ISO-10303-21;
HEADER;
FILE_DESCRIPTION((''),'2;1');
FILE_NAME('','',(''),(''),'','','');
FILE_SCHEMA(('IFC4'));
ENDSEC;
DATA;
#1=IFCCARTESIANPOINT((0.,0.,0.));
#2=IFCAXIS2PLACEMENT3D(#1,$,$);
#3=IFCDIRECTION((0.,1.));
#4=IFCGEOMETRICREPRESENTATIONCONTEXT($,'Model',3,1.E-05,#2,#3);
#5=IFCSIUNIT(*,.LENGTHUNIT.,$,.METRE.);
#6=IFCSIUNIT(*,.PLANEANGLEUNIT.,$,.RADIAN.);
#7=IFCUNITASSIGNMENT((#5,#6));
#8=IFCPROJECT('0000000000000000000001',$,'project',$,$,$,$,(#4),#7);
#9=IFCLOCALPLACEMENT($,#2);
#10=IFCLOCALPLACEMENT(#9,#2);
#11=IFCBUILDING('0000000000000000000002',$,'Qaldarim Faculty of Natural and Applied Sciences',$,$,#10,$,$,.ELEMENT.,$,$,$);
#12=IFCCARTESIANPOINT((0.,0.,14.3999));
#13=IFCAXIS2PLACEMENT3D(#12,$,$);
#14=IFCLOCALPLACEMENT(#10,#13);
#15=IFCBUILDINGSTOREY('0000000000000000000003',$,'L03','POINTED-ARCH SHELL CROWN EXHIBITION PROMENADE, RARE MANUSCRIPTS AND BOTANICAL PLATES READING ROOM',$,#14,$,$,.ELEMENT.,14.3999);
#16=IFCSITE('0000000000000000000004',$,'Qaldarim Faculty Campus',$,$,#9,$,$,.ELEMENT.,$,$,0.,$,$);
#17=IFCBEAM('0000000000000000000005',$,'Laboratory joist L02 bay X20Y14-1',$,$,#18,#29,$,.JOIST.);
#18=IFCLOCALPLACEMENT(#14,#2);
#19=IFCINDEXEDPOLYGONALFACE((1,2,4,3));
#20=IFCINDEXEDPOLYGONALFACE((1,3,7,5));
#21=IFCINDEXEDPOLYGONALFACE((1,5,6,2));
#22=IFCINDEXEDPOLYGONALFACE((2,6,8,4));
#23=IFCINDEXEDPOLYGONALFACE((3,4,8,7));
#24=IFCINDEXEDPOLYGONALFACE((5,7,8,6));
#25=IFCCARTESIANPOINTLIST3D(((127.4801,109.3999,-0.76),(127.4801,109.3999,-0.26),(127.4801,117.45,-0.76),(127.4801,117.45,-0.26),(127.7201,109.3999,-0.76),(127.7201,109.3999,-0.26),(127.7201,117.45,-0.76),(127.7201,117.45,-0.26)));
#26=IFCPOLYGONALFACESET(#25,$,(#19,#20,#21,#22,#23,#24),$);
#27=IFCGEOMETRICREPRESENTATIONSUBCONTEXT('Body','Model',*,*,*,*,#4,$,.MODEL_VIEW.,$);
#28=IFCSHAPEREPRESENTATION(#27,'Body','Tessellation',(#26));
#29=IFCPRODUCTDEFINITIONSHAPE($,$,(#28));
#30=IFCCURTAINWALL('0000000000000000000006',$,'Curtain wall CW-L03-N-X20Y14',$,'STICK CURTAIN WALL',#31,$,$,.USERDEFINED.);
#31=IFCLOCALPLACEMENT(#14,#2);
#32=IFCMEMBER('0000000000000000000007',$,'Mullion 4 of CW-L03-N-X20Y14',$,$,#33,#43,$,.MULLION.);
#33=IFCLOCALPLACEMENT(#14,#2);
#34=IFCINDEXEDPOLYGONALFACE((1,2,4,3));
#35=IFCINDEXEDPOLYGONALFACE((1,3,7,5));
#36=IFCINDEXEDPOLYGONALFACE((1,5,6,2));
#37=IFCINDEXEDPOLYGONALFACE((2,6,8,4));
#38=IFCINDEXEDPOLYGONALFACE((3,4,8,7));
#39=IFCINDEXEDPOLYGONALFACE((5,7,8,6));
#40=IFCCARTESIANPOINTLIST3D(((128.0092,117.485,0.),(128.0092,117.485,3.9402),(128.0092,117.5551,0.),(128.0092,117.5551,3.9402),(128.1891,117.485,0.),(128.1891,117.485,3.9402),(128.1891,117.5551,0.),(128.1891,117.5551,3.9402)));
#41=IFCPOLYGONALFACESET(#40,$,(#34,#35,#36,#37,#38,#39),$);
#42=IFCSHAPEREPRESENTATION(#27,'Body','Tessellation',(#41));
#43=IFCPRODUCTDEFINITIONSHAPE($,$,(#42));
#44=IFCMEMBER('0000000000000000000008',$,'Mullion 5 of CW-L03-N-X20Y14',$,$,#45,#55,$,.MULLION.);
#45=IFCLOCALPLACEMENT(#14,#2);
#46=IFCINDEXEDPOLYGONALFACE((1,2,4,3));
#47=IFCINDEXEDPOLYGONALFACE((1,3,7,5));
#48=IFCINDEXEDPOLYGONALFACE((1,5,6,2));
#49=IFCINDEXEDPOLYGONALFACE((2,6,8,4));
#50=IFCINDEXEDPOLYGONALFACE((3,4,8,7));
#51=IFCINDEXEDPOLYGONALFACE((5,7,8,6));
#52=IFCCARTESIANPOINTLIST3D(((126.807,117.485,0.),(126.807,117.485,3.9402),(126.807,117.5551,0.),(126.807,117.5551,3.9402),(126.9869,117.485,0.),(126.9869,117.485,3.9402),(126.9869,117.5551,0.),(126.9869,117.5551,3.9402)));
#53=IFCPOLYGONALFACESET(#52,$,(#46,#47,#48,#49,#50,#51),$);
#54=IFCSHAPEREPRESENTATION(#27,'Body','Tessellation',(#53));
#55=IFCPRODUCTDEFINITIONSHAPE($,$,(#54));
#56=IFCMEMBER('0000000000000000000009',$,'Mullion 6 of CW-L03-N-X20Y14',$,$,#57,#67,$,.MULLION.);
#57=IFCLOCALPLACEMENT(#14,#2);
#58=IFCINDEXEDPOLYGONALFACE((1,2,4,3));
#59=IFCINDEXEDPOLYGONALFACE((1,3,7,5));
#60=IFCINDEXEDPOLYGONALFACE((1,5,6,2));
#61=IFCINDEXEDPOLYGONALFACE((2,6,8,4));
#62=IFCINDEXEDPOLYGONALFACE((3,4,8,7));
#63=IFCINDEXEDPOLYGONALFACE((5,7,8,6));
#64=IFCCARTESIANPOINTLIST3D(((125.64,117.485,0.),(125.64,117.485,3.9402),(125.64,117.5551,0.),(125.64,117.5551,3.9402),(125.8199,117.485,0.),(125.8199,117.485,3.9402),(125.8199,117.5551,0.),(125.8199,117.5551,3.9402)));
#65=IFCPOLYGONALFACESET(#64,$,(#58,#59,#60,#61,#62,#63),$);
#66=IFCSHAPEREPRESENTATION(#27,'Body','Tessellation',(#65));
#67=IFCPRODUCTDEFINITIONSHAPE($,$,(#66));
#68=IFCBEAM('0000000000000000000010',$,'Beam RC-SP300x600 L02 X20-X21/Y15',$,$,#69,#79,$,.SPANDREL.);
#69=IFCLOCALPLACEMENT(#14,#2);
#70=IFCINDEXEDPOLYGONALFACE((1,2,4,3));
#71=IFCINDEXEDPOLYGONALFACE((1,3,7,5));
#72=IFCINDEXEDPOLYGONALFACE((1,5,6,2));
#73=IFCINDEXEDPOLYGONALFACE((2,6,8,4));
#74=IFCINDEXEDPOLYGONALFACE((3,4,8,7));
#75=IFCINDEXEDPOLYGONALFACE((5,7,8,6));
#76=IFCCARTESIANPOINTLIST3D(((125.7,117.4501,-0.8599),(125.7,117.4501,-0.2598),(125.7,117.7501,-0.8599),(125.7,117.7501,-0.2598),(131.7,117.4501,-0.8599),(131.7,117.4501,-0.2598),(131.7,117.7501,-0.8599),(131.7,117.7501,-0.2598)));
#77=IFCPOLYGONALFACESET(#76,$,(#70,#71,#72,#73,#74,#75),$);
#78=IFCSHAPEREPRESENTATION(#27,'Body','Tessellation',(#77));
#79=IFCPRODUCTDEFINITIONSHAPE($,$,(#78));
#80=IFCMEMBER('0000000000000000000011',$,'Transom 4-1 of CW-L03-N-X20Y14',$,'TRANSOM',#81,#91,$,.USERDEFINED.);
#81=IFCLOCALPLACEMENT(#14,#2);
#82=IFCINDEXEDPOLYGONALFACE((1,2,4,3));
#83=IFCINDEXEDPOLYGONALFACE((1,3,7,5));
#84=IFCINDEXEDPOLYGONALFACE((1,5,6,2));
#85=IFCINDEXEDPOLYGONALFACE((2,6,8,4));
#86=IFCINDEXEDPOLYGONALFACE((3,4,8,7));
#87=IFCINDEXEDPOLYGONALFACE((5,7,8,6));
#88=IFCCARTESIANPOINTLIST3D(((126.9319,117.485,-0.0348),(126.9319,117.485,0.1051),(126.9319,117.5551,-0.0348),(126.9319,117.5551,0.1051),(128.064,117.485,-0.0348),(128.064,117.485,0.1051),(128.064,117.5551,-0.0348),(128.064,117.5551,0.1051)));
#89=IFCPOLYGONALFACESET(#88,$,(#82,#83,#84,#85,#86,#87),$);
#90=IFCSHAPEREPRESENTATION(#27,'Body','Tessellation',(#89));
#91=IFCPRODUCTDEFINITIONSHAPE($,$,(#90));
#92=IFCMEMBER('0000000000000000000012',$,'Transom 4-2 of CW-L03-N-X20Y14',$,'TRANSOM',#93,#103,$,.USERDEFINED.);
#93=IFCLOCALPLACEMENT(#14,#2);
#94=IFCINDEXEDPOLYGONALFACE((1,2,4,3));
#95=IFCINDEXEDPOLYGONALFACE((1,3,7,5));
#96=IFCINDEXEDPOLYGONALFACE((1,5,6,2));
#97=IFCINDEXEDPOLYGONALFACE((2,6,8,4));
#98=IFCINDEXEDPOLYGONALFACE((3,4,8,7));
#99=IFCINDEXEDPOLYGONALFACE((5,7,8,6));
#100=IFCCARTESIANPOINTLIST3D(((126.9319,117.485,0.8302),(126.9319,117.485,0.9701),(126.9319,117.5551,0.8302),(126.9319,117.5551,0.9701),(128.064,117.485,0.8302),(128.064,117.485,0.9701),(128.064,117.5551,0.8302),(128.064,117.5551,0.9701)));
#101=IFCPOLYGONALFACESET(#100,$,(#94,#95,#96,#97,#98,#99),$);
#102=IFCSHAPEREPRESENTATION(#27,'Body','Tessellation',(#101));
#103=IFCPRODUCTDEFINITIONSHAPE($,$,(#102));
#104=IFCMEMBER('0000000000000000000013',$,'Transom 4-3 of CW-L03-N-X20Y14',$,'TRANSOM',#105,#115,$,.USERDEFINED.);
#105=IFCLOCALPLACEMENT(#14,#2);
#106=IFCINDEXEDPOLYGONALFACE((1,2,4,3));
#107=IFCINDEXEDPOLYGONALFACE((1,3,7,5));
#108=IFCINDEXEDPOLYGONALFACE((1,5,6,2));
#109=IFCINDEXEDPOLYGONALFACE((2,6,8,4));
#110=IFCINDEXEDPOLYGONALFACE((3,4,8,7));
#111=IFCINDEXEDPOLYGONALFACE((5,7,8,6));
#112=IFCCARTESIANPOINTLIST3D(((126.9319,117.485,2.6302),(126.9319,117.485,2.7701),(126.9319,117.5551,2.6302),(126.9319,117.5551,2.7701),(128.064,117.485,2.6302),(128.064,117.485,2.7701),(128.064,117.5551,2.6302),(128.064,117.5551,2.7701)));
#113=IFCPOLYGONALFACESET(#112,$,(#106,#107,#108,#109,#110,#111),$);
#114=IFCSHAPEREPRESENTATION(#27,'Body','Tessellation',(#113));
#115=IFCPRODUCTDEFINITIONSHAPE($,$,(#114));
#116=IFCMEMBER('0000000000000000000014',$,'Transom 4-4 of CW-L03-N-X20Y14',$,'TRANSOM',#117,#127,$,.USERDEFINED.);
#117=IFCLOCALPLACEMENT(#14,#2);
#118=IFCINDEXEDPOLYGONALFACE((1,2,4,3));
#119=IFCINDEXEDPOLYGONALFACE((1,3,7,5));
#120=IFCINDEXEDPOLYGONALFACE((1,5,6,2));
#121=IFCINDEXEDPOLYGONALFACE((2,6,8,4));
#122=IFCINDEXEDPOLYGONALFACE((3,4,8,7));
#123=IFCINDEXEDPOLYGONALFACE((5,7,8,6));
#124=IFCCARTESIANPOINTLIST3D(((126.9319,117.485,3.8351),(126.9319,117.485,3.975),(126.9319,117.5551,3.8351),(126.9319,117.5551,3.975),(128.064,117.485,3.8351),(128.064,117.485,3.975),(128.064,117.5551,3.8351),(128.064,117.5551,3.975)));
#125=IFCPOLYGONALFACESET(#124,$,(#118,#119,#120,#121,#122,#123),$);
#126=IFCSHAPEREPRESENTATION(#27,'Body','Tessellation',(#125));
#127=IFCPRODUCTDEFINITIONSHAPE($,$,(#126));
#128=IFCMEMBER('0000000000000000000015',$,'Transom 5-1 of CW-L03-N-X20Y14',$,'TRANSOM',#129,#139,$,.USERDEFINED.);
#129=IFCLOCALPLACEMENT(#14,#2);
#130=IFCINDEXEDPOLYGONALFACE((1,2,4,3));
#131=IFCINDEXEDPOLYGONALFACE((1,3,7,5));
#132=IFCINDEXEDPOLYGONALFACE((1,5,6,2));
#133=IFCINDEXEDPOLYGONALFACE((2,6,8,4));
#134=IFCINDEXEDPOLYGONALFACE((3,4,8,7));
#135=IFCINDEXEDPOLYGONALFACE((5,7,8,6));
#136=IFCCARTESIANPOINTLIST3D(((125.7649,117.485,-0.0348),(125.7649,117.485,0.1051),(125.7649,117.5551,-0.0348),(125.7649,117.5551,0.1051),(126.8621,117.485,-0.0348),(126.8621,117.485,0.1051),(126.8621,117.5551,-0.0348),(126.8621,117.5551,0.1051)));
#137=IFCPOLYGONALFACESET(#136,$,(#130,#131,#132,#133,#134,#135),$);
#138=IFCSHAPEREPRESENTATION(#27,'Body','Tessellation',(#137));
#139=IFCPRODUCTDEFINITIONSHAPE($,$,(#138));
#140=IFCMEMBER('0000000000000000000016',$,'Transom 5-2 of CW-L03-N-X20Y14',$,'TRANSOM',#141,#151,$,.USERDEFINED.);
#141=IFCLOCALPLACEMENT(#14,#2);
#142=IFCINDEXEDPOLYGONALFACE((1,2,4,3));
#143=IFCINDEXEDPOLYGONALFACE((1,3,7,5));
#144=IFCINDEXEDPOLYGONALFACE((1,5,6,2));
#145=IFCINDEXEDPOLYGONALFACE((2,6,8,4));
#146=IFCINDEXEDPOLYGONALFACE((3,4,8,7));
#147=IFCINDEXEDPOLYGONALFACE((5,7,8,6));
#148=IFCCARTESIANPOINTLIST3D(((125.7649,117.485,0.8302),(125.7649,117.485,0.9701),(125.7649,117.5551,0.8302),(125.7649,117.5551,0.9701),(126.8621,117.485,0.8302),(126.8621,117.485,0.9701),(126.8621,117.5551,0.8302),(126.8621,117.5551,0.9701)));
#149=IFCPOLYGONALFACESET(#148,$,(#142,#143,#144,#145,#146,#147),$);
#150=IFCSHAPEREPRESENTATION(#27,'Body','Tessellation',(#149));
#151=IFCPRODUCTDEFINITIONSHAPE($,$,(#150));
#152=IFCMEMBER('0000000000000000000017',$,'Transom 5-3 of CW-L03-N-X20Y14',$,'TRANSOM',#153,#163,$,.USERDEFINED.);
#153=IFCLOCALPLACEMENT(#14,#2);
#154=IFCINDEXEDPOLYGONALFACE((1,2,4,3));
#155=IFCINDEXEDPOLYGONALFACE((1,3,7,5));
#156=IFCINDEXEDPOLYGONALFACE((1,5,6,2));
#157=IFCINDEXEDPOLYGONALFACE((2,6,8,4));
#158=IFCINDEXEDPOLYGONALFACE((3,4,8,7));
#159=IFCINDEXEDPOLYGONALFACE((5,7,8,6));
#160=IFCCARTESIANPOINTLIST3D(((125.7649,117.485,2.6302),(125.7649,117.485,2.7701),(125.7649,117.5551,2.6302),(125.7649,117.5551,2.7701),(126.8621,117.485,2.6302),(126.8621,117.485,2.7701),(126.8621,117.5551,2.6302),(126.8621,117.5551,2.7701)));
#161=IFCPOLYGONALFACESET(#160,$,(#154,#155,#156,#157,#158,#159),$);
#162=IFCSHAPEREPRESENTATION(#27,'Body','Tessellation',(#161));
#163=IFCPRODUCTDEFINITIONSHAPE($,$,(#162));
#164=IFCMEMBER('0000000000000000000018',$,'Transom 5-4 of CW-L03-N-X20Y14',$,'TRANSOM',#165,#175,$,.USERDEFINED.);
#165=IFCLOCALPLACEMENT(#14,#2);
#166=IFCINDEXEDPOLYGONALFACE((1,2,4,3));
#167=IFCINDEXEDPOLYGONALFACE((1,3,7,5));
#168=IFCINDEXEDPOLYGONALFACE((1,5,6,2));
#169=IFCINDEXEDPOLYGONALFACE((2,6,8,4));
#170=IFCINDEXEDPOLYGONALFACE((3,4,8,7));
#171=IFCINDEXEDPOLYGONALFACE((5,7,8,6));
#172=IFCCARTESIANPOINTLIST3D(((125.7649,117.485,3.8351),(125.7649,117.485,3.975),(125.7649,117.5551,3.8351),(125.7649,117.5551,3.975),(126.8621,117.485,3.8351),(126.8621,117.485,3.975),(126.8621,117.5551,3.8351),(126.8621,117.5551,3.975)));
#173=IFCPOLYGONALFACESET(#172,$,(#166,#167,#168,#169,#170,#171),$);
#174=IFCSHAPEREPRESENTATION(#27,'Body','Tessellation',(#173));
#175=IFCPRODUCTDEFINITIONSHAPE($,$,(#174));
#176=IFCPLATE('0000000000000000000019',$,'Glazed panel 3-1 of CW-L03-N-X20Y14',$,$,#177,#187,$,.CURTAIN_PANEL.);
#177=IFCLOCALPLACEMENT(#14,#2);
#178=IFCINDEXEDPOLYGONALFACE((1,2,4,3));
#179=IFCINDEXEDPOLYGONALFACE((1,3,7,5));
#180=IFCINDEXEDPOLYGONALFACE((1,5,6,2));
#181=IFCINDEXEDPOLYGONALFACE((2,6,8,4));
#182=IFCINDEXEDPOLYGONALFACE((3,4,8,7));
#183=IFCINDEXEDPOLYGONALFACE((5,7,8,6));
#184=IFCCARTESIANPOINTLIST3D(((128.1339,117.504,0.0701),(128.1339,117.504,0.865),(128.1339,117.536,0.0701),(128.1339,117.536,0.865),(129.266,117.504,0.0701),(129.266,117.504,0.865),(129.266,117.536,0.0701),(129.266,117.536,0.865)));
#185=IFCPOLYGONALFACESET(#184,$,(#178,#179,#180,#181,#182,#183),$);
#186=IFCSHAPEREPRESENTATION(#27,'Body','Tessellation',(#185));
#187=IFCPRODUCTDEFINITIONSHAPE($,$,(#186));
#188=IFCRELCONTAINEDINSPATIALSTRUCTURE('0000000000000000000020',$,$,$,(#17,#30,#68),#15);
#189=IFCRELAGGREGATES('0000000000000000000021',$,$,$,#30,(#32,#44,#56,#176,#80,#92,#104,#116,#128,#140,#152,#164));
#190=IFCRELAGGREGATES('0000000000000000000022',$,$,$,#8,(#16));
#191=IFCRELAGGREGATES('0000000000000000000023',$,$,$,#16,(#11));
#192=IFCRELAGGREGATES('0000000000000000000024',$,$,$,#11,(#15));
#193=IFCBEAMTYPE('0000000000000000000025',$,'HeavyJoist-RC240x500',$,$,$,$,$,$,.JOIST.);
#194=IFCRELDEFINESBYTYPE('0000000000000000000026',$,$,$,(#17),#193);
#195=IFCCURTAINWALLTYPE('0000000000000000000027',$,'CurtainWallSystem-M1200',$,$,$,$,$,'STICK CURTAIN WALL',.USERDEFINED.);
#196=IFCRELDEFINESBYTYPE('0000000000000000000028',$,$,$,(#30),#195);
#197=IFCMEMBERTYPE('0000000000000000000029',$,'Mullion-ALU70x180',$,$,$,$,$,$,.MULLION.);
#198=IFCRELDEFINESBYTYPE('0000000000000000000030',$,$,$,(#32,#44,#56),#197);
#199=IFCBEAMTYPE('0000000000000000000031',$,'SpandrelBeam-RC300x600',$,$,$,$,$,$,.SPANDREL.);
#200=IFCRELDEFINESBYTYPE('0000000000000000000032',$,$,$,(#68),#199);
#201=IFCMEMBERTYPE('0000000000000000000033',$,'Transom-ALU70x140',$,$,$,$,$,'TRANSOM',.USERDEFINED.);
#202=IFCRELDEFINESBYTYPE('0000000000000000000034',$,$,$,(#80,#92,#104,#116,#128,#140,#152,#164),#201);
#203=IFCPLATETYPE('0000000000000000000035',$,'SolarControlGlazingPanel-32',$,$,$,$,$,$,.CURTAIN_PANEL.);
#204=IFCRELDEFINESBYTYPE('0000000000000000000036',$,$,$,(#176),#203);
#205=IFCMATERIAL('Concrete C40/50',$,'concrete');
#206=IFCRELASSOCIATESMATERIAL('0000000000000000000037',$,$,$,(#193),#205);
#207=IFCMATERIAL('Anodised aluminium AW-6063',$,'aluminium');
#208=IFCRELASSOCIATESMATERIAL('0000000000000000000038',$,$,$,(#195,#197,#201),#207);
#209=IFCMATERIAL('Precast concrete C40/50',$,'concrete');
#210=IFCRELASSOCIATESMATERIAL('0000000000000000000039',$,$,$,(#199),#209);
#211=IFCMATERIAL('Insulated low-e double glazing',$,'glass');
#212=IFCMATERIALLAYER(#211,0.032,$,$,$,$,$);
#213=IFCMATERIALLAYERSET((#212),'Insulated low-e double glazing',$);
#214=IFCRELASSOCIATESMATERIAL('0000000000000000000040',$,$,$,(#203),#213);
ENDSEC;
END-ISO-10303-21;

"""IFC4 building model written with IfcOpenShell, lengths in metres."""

from ifc_helpers import new_model, si_unit, direction, frame, origin, origin_2d, place, context, subcontext, project, spatial, rectangle, extrude, material, layer, layer_set, material_profile, profile_set, type_object, element, aggregate, save


model = new_model("IFC4")

# Units and contexts
model_context = context("Model", 3, precision=1e-05, world=origin(), true_north=direction((0.0, 1.0)))
body_context = subcontext(model_context, "Body", "Model", "MODEL_VIEW")
ifc_project = project(units=[si_unit("LENGTHUNIT", "METRE"), si_unit("PLANEANGLEUNIT", "RADIAN")], contexts=[model_context])

# Site, building, storey
site_placement = place(None, origin())
site = spatial("IfcSite", under=ifc_project, at=site_placement, Name="Qaldarim Faculty Campus", CompositionType="ELEMENT", RefElevation=0.0)
building_placement = place(site_placement, origin())
building = spatial("IfcBuilding", under=site, at=building_placement, Name="Qaldarim Faculty of Natural and Applied Sciences", CompositionType="ELEMENT")
storey_placement = place(building_placement, frame((0.0, 0.0, 14.3999)))
storey = spatial("IfcBuildingStorey", under=building, at=storey_placement, Name="L03", Description="POINTED-ARCH SHELL CROWN EXHIBITION PROMENADE, RARE MANUSCRIPTS AND BOTANICAL PLATES READING ROOM", CompositionType="ELEMENT", Elevation=14.3999)

# Beam
ifc_material_1 = material(Name="Concrete C40/50", Category="concrete")
ifc_material_profile_1 = material_profile(ifc_material_1, rectangle(XDim=0.24, YDim=0.5, at=origin_2d()), Name="RC-J240x500")
ifc_profile_set_1 = profile_set([ifc_material_profile_1], Name="Concrete C40/50")
beam_type_1 = type_object("IfcBeamType", Name="HeavyJoist-RC240x500", PredefinedType="JOIST", material=ifc_profile_set_1)
beam_1_placement = place(storey_placement, frame((127.6001, 109.3999, -0.51), z_axis=(0.0, 1.0, 0.0), x_axis=(-1.0, 0.0, 0.0)))
element("IfcBeam", 1, at=beam_1_placement, inside=storey, type_object=beam_type_1, Name="Laboratory joist L02 bay X20Y14-1", PredefinedType="JOIST", context=body_context, shape_type="SweptSolid", body=[
    extrude(rectangle(XDim=0.24, YDim=0.5, at=origin_2d()), origin(), (0.0, 0.0, 1.0), 8.05),
])

# Curtain wall, members
ifc_material_2 = material(Name="Anodised aluminium AW-6063", Category="aluminium")
curtain_wall_type = type_object("IfcCurtainWallType", Name="CurtainWallSystem-M1200", ElementType="STICK CURTAIN WALL", PredefinedType="USERDEFINED", material=ifc_material_2)
curtain_wall_placement = place(storey_placement, origin())
curtain_wall = element("IfcCurtainWall", 2, at=curtain_wall_placement, inside=storey, type_object=curtain_wall_type, Name="Curtain wall CW-L03-N-X20Y14", ObjectType="STICK CURTAIN WALL", PredefinedType="USERDEFINED")
ifc_material_profile_2 = material_profile(ifc_material_2, rectangle(XDim=0.0701, YDim=0.1799, at=origin_2d()), Name="ALU-M70x180")
ifc_profile_set_2 = profile_set([ifc_material_profile_2], Name="Anodised aluminium AW-6063")
member_type_1 = type_object("IfcMemberType", Name="Mullion-ALU70x180", PredefinedType="MULLION", material=ifc_profile_set_2)
member_1_placement = place(storey_placement, frame((128.0991, 117.52, 0.0), z_axis=(0.0, 0.0, 1.0), x_axis=(0.0, -1.0, 0.0)))
member_1 = element("IfcMember", 3, at=member_1_placement, type_object=member_type_1, Name="Mullion 4 of CW-L03-N-X20Y14", PredefinedType="MULLION", context=body_context, shape_type="SweptSolid", body=[
    extrude(rectangle(XDim=0.0701, YDim=0.1799, at=origin_2d()), origin(), (0.0, 0.0, 1.0), 3.9402),
])
member_2_placement = place(storey_placement, frame((126.897, 117.52, 0.0), z_axis=(0.0, 0.0, 1.0), x_axis=(0.0, -1.0, 0.0)))
member_2 = element("IfcMember", 4, at=member_2_placement, type_object=member_type_1, Name="Mullion 5 of CW-L03-N-X20Y14", PredefinedType="MULLION", context=body_context, shape_type="SweptSolid", body=[
    extrude(rectangle(XDim=0.0701, YDim=0.1799, at=origin_2d()), origin(), (0.0, 0.0, 1.0), 3.9402),
])
member_3_placement = place(storey_placement, frame((125.73, 117.52, 0.0), z_axis=(0.0, 0.0, 1.0), x_axis=(0.0, -1.0, 0.0)))
member_3 = element("IfcMember", 5, at=member_3_placement, type_object=member_type_1, Name="Mullion 6 of CW-L03-N-X20Y14", PredefinedType="MULLION", context=body_context, shape_type="SweptSolid", body=[
    extrude(rectangle(XDim=0.0701, YDim=0.1799, at=origin_2d()), origin(), (0.0, 0.0, 1.0), 3.9402),
])

# Beam
ifc_material_3 = material(Name="Precast concrete C40/50", Category="concrete")
ifc_material_profile_3 = material_profile(ifc_material_3, rectangle(XDim=0.3, YDim=0.6001, at=origin_2d()), Name="RC-SP300x600")
ifc_profile_set_3 = profile_set([ifc_material_profile_3], Name="Precast concrete C40/50")
beam_type_2 = type_object("IfcBeamType", Name="SpandrelBeam-RC300x600", PredefinedType="SPANDREL", material=ifc_profile_set_3)
beam_2_placement = place(storey_placement, frame((125.7, 117.6001, -0.5598), z_axis=(1.0, 0.0, 0.0), x_axis=(0.0, 1.0, 0.0)))
element("IfcBeam", 6, at=beam_2_placement, inside=storey, type_object=beam_type_2, Name="Beam RC-SP300x600 L02 X20-X21/Y15", PredefinedType="SPANDREL", context=body_context, shape_type="SweptSolid", body=[
    extrude(rectangle(XDim=0.3, YDim=0.6001, at=origin_2d()), origin(), (0.0, 0.0, 1.0), 6.0),
])

# Members
ifc_material_profile_4 = material_profile(ifc_material_2, rectangle(XDim=0.0701, YDim=0.1399, at=origin_2d()), Name="ALU-T70x140")
ifc_profile_set_4 = profile_set([ifc_material_profile_4], Name="Anodised aluminium AW-6063")
member_type_2 = type_object("IfcMemberType", Name="Transom-ALU70x140", ElementType="TRANSOM", PredefinedType="USERDEFINED", material=ifc_profile_set_4)
member_4_placement = place(storey_placement, frame((128.064, 117.52, 0.0352), z_axis=(-1.0, 0.0, 0.0), x_axis=(0.0, -1.0, 0.0)))
member_4 = element("IfcMember", 7, at=member_4_placement, type_object=member_type_2, Name="Transom 4-1 of CW-L03-N-X20Y14", ObjectType="TRANSOM", PredefinedType="USERDEFINED", context=body_context, shape_type="SweptSolid", body=[
    extrude(rectangle(XDim=0.0701, YDim=0.1399, at=origin_2d()), origin(), (0.0, 0.0, 1.0), 1.1321),
])
member_5_placement = place(storey_placement, frame((128.064, 117.52, 0.9001), z_axis=(-1.0, 0.0, 0.0), x_axis=(0.0, -1.0, 0.0)))
member_5 = element("IfcMember", 8, at=member_5_placement, type_object=member_type_2, Name="Transom 4-2 of CW-L03-N-X20Y14", ObjectType="TRANSOM", PredefinedType="USERDEFINED", context=body_context, shape_type="SweptSolid", body=[
    extrude(rectangle(XDim=0.0701, YDim=0.1399, at=origin_2d()), origin(), (0.0, 0.0, 1.0), 1.1321),
])
member_6_placement = place(storey_placement, frame((128.064, 117.52, 2.7002), z_axis=(-1.0, 0.0, 0.0), x_axis=(0.0, -1.0, 0.0)))
member_6 = element("IfcMember", 9, at=member_6_placement, type_object=member_type_2, Name="Transom 4-3 of CW-L03-N-X20Y14", ObjectType="TRANSOM", PredefinedType="USERDEFINED", context=body_context, shape_type="SweptSolid", body=[
    extrude(rectangle(XDim=0.0701, YDim=0.1399, at=origin_2d()), origin(), (0.0, 0.0, 1.0), 1.1321),
])
member_7_placement = place(storey_placement, frame((128.064, 117.52, 3.905), z_axis=(-1.0, 0.0, 0.0), x_axis=(0.0, -1.0, 0.0)))
member_7 = element("IfcMember", 10, at=member_7_placement, type_object=member_type_2, Name="Transom 4-4 of CW-L03-N-X20Y14", ObjectType="TRANSOM", PredefinedType="USERDEFINED", context=body_context, shape_type="SweptSolid", body=[
    extrude(rectangle(XDim=0.0701, YDim=0.1399, at=origin_2d()), origin(), (0.0, 0.0, 1.0), 1.1321),
])
member_8_placement = place(storey_placement, frame((126.8621, 117.52, 0.0352), z_axis=(-1.0, 0.0, 0.0), x_axis=(0.0, -1.0, 0.0)))
member_8 = element("IfcMember", 11, at=member_8_placement, type_object=member_type_2, Name="Transom 5-1 of CW-L03-N-X20Y14", ObjectType="TRANSOM", PredefinedType="USERDEFINED", context=body_context, shape_type="SweptSolid", body=[
    extrude(rectangle(XDim=0.0701, YDim=0.1399, at=origin_2d()), origin(), (0.0, 0.0, 1.0), 1.0972),
])
member_9_placement = place(storey_placement, frame((126.8621, 117.52, 0.9001), z_axis=(-1.0, 0.0, 0.0), x_axis=(0.0, -1.0, 0.0)))
member_9 = element("IfcMember", 12, at=member_9_placement, type_object=member_type_2, Name="Transom 5-2 of CW-L03-N-X20Y14", ObjectType="TRANSOM", PredefinedType="USERDEFINED", context=body_context, shape_type="SweptSolid", body=[
    extrude(rectangle(XDim=0.0701, YDim=0.1399, at=origin_2d()), origin(), (0.0, 0.0, 1.0), 1.0972),
])
member_10_placement = place(storey_placement, frame((126.8621, 117.52, 2.7002), z_axis=(-1.0, 0.0, 0.0), x_axis=(0.0, -1.0, 0.0)))
member_10 = element("IfcMember", 13, at=member_10_placement, type_object=member_type_2, Name="Transom 5-3 of CW-L03-N-X20Y14", ObjectType="TRANSOM", PredefinedType="USERDEFINED", context=body_context, shape_type="SweptSolid", body=[
    extrude(rectangle(XDim=0.0701, YDim=0.1399, at=origin_2d()), origin(), (0.0, 0.0, 1.0), 1.0972),
])
member_11_placement = place(storey_placement, frame((126.8621, 117.52, 3.905), z_axis=(-1.0, 0.0, 0.0), x_axis=(0.0, -1.0, 0.0)))
member_11 = element("IfcMember", 14, at=member_11_placement, type_object=member_type_2, Name="Transom 5-4 of CW-L03-N-X20Y14", ObjectType="TRANSOM", PredefinedType="USERDEFINED", context=body_context, shape_type="SweptSolid", body=[
    extrude(rectangle(XDim=0.0701, YDim=0.1399, at=origin_2d()), origin(), (0.0, 0.0, 1.0), 1.0972),
])

# Plate
ifc_material_4 = material(Name="Insulated low-e double glazing", Category="glass")
ifc_layer = layer(ifc_material_4, 0.032)
ifc_layer_set = layer_set([ifc_layer], Name="Insulated low-e double glazing")
plate_type = type_object("IfcPlateType", Name="SolarControlGlazingPanel-32", PredefinedType="CURTAIN_PANEL", material=ifc_layer_set)
plate_1_placement = place(storey_placement, frame((128.7, 117.52, 0.0701), z_axis=(0.0, 0.0, 1.0), x_axis=(-1.0, 0.0, 0.0)))
plate_1 = element("IfcPlate", 15, at=plate_1_placement, type_object=plate_type, Name="Glazed panel 3-1 of CW-L03-N-X20Y14", PredefinedType="CURTAIN_PANEL", context=body_context, shape_type="SweptSolid", body=[
    extrude(rectangle(XDim=1.1321, YDim=0.032, at=origin_2d()), origin(), (0.0, 0.0, 1.0), 0.7949),
])
aggregate(curtain_wall, [member_1, member_2, member_3, plate_1, member_4, member_5, member_6, member_7, member_8, member_9, member_10, member_11])

save(model, "model.ifc")
